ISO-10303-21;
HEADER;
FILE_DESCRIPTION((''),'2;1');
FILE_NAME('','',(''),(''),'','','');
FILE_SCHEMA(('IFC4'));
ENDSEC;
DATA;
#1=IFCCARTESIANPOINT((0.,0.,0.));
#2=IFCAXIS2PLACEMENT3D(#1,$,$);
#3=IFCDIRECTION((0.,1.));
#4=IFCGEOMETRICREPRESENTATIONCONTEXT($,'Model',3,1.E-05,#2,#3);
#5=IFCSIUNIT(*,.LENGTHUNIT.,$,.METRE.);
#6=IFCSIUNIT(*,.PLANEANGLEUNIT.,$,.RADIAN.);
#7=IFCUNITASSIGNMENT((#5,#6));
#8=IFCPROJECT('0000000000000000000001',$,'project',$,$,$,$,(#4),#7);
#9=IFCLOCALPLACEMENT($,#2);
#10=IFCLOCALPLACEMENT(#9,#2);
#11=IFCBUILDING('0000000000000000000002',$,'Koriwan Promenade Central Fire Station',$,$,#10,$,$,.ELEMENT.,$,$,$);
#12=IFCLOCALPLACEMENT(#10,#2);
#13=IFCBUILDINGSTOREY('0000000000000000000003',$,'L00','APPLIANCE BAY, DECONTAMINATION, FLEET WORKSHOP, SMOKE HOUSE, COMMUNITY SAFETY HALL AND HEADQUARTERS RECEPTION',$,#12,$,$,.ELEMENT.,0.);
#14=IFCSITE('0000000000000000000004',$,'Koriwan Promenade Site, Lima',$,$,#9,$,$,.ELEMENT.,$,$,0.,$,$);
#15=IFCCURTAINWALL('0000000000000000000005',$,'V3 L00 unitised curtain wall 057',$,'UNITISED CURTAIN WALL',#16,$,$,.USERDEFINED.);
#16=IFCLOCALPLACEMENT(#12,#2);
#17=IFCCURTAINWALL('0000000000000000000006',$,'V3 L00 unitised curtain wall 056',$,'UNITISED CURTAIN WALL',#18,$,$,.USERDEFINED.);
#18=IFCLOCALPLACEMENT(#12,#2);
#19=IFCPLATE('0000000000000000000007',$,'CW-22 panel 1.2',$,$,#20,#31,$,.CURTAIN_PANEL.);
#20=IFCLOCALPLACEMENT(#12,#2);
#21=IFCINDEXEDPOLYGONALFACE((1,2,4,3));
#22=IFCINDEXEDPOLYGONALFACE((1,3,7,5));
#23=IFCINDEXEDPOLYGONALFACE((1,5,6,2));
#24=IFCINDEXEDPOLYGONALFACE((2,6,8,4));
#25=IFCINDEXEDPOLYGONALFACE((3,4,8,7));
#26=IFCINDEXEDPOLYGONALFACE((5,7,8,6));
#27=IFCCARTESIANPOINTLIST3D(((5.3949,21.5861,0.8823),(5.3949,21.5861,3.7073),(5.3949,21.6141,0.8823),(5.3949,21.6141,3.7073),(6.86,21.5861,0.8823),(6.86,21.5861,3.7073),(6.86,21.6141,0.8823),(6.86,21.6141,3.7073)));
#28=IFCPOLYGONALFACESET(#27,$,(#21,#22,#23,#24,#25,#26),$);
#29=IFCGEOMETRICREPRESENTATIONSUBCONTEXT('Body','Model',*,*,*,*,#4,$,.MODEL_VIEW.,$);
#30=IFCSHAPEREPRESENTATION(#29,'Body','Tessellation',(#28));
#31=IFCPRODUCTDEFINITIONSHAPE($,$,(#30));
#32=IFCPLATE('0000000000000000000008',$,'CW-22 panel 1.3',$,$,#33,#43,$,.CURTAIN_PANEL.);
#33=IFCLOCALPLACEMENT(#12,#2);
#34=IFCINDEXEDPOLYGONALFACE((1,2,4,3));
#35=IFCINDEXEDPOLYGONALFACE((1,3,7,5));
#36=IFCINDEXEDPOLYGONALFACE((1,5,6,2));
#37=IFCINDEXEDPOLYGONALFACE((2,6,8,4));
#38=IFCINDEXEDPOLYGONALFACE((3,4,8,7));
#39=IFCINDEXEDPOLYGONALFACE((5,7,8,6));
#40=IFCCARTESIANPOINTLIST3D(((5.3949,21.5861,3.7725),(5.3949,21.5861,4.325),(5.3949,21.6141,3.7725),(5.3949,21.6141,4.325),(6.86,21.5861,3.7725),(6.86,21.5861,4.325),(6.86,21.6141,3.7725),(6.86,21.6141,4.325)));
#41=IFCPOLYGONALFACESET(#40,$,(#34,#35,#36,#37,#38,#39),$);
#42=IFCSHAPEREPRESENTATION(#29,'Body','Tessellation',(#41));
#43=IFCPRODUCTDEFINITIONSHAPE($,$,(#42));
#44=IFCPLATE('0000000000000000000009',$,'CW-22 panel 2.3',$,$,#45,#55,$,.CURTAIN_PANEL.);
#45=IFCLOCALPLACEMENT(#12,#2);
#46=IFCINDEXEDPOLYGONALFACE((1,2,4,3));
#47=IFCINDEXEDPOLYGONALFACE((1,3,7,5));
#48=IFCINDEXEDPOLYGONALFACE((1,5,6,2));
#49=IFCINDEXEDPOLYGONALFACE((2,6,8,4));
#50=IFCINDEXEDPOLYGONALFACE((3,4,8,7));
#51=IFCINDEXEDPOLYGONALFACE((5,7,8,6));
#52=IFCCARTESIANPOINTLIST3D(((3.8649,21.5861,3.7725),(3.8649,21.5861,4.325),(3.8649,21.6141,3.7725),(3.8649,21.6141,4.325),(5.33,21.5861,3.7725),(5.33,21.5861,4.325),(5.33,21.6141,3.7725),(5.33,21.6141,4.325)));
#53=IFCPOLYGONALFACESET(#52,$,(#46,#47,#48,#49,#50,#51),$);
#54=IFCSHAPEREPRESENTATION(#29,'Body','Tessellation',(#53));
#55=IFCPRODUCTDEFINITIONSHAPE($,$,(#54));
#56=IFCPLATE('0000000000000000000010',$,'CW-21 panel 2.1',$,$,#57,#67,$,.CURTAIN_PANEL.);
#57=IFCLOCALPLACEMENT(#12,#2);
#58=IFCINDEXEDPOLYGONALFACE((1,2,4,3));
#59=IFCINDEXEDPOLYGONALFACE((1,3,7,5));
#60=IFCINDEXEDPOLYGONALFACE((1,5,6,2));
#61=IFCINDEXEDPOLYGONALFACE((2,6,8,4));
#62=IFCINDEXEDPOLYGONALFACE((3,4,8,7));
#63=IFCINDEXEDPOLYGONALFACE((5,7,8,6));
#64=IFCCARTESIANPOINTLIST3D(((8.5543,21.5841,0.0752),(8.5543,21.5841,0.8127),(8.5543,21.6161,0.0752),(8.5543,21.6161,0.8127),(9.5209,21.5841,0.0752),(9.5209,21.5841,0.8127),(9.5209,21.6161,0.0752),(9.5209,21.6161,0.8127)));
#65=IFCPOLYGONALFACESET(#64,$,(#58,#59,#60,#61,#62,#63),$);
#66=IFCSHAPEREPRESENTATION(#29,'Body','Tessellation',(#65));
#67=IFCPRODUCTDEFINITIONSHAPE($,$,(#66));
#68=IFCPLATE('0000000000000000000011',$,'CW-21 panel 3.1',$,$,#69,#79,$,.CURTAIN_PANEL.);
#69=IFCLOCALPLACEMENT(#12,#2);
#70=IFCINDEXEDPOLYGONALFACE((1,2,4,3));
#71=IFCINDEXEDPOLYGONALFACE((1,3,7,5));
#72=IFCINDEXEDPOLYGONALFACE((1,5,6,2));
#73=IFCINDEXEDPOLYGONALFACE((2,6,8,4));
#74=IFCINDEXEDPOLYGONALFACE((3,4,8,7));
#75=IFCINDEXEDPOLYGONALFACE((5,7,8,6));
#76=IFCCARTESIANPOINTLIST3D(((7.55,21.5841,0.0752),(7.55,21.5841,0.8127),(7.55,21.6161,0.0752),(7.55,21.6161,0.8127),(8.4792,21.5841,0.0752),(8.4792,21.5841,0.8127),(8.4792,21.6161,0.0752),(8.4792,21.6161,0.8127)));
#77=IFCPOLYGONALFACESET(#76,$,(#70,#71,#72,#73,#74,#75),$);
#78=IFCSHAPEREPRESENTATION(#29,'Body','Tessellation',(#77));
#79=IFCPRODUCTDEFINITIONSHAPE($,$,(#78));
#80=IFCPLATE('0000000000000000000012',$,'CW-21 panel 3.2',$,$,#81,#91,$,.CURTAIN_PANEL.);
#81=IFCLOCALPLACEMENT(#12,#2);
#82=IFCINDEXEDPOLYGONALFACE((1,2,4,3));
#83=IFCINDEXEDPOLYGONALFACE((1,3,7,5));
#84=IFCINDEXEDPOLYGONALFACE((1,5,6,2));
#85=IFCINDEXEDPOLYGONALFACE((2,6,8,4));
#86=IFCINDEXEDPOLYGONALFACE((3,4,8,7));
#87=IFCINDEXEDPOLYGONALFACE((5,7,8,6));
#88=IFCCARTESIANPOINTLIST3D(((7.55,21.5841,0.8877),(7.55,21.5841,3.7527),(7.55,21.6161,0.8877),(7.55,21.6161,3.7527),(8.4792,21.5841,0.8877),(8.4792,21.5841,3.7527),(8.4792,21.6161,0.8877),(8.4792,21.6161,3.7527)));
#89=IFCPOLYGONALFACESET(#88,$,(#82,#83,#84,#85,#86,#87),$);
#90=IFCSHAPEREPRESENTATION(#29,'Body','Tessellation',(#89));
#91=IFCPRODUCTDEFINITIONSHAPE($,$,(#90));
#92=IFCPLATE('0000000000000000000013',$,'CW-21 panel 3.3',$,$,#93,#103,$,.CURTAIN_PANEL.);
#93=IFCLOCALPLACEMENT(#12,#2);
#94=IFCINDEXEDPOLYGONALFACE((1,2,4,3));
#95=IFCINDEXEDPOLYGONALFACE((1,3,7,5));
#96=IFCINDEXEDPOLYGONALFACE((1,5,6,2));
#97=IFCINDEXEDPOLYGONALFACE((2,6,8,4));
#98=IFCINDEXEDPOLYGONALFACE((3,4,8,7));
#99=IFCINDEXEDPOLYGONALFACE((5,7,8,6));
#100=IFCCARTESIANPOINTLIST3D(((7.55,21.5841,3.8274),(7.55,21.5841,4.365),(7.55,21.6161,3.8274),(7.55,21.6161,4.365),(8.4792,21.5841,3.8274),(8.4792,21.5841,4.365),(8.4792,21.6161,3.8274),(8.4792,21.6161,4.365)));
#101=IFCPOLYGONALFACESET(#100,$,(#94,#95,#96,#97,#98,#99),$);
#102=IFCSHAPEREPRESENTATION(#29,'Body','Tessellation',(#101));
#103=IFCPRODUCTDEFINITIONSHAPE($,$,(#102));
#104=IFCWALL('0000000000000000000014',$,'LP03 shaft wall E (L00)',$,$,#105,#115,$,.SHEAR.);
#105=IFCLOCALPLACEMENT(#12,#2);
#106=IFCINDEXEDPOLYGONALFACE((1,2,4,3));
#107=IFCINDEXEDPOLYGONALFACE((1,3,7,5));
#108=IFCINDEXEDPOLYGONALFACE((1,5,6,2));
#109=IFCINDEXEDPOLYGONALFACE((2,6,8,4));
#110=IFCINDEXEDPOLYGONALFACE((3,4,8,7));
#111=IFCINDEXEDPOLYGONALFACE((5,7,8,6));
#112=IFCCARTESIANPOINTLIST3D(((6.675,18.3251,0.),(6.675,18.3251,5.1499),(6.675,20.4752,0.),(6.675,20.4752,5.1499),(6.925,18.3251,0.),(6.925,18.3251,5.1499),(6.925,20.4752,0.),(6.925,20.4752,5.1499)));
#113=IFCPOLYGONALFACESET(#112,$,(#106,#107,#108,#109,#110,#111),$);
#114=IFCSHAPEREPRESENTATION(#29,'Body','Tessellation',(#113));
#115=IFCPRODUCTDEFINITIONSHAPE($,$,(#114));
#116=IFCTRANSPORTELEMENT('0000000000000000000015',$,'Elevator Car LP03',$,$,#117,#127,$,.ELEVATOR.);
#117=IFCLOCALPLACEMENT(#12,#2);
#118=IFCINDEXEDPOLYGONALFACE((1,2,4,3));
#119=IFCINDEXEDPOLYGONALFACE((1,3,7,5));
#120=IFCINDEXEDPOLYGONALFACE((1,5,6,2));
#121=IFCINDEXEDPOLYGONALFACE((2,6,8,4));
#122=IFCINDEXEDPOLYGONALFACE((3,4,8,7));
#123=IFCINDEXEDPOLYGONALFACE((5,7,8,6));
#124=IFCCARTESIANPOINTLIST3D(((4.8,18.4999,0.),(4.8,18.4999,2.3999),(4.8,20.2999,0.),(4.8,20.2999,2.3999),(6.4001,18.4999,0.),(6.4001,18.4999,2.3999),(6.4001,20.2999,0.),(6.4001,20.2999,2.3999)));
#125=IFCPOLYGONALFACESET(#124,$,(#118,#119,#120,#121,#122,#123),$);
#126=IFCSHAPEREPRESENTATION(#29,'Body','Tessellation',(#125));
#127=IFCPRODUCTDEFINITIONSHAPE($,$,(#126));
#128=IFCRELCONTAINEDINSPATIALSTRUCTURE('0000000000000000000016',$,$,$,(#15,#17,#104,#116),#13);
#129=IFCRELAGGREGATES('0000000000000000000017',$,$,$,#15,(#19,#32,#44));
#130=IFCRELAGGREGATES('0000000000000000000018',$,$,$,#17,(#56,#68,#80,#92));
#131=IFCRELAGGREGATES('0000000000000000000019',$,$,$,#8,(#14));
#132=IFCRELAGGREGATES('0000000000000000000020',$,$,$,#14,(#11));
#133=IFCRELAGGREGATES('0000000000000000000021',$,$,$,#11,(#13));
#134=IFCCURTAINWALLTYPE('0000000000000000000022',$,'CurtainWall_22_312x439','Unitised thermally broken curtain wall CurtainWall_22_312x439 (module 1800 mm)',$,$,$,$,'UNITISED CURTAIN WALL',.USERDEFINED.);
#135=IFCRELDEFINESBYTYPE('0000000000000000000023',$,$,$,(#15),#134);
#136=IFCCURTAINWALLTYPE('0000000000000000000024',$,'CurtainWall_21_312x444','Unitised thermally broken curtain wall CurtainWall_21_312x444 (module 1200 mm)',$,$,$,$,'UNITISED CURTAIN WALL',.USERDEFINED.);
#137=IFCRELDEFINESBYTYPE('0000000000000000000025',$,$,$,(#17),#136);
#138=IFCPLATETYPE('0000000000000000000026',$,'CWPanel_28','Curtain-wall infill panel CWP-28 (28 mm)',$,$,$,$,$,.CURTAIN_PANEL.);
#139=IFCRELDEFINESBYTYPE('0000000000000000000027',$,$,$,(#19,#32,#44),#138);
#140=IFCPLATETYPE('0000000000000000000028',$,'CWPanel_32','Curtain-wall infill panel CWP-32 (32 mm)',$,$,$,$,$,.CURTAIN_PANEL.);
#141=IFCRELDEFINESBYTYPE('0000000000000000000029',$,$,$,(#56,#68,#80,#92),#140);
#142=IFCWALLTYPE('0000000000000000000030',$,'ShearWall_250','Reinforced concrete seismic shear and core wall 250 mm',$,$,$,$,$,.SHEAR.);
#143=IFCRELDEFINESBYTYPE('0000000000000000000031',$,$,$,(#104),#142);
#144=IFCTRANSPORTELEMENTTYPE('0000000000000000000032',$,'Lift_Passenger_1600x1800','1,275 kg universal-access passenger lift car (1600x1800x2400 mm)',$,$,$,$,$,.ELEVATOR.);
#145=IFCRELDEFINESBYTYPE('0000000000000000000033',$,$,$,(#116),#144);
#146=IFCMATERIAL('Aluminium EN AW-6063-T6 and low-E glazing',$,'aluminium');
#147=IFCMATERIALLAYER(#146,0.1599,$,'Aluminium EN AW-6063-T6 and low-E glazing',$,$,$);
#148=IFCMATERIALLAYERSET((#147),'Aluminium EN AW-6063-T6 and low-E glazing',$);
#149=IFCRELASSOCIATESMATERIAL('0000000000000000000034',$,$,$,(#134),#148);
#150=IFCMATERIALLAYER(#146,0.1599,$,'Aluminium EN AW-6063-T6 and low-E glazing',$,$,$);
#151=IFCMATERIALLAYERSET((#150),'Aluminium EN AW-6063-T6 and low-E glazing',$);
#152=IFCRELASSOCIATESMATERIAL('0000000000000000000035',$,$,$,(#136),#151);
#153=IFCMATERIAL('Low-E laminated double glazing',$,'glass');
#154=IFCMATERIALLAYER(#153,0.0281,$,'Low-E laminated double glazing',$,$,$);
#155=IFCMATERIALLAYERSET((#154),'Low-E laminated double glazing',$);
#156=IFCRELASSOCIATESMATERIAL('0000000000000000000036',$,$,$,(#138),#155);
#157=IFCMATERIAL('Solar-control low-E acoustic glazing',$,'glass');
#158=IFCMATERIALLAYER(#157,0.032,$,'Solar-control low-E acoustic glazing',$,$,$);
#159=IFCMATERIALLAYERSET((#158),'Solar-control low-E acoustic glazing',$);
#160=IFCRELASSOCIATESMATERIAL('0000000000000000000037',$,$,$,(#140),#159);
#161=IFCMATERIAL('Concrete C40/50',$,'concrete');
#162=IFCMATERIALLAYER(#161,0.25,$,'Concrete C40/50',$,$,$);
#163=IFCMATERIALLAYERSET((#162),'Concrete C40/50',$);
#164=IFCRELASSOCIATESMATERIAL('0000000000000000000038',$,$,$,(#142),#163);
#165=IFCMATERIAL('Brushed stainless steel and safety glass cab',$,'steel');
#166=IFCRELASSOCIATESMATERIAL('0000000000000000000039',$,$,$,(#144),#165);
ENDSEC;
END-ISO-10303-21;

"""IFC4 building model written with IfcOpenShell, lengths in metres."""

from ifc_helpers import new_model, si_unit, direction, frame, frame_2d, origin, origin_2d, place, context, subcontext, project, spatial, rectangle, extrude, material, layer, layer_set, type_object, element, aggregate, save


model = new_model("IFC4")

# Units and contexts
model_context = context("Model", 3, precision=1e-05, world=origin(), true_north=direction((0.0, 1.0)))
body_context = subcontext(model_context, "Body", "Model", "MODEL_VIEW")
ifc_project = project(units=[si_unit("LENGTHUNIT", "METRE"), si_unit("PLANEANGLEUNIT", "RADIAN")], contexts=[model_context])

# Site, building, storey
site_placement = place(None, origin())
site = spatial("IfcSite", under=ifc_project, at=site_placement, Name="Koriwan Promenade Site, Lima", CompositionType="ELEMENT", RefElevation=0.0)
building_placement = place(site_placement, origin())
building = spatial("IfcBuilding", under=site, at=building_placement, Name="Koriwan Promenade Central Fire Station", CompositionType="ELEMENT")
storey_placement = place(building_placement, origin())
storey = spatial("IfcBuildingStorey", under=building, at=storey_placement, Name="L00", Description="APPLIANCE BAY, DECONTAMINATION, FLEET WORKSHOP, SMOKE HOUSE, COMMUNITY SAFETY HALL AND HEADQUARTERS RECEPTION", CompositionType="ELEMENT", Elevation=0.0)

# Shared definitions
ifc_material_1 = material(Name="Concrete C40/50", Category="concrete")

# Curtain walls
ifc_material_2 = material(Name="Aluminium EN AW-6063-T6 and low-E glazing", Category="aluminium")
ifc_layer_1 = layer(ifc_material_2, 0.1599, Name="Aluminium EN AW-6063-T6 and low-E glazing")
ifc_layer_set_1 = layer_set([ifc_layer_1], Name="Aluminium EN AW-6063-T6 and low-E glazing")
curtain_wall_type_1 = type_object("IfcCurtainWallType", Name="CurtainWall_22_312x439", Description="Unitised thermally broken curtain wall CurtainWall_22_312x439 (module 1800 mm)", ElementType="UNITISED CURTAIN WALL", PredefinedType="USERDEFINED", material=ifc_layer_set_1)
curtain_wall_1_placement = place(storey_placement, origin())
curtain_wall_1 = element("IfcCurtainWall", 1, at=curtain_wall_1_placement, inside=storey, type_object=curtain_wall_type_1, Name="V3 L00 unitised curtain wall 057", ObjectType="UNITISED CURTAIN WALL", PredefinedType="USERDEFINED")
ifc_layer_2 = layer(ifc_material_2, 0.1599, Name="Aluminium EN AW-6063-T6 and low-E glazing")
ifc_layer_set_2 = layer_set([ifc_layer_2], Name="Aluminium EN AW-6063-T6 and low-E glazing")
curtain_wall_type_2 = type_object("IfcCurtainWallType", Name="CurtainWall_21_312x444", Description="Unitised thermally broken curtain wall CurtainWall_21_312x444 (module 1200 mm)", ElementType="UNITISED CURTAIN WALL", PredefinedType="USERDEFINED", material=ifc_layer_set_2)
curtain_wall_2_placement = place(storey_placement, origin())
curtain_wall_2 = element("IfcCurtainWall", 2, at=curtain_wall_2_placement, inside=storey, type_object=curtain_wall_type_2, Name="V3 L00 unitised curtain wall 056", ObjectType="UNITISED CURTAIN WALL", PredefinedType="USERDEFINED")

# Plates
ifc_material_3 = material(Name="Low-E laminated double glazing", Category="glass")
ifc_layer_3 = layer(ifc_material_3, 0.0281, Name="Low-E laminated double glazing")
ifc_layer_set_3 = layer_set([ifc_layer_3], Name="Low-E laminated double glazing")
plate_type_1 = type_object("IfcPlateType", Name="CWPanel_28", Description="Curtain-wall infill panel CWP-28 (28 mm)", PredefinedType="CURTAIN_PANEL", material=ifc_layer_set_3)
plate_1_placement = place(storey_placement, frame((6.1274, 21.6001, 0.8823), z_axis=(0.0, 0.0, 1.0), x_axis=(-1.0, 0.0, 0.0)))
plate_1 = element("IfcPlate", 3, at=plate_1_placement, type_object=plate_type_1, Name="CW-22 panel 1.2", PredefinedType="CURTAIN_PANEL", context=body_context, shape_type="SweptSolid", body=[
    extrude(rectangle(XDim=1.4651, YDim=0.0281, at=origin_2d()), origin(), (0.0, 0.0, 1.0), 2.825),
])
plate_2_placement = place(storey_placement, frame((6.1274, 21.6001, 3.7725), z_axis=(0.0, 0.0, 1.0), x_axis=(-1.0, 0.0, 0.0)))
plate_2 = element("IfcPlate", 4, at=plate_2_placement, type_object=plate_type_1, Name="CW-22 panel 1.3", PredefinedType="CURTAIN_PANEL", context=body_context, shape_type="SweptSolid", body=[
    extrude(rectangle(XDim=1.4651, YDim=0.0281, at=origin_2d()), origin(), (0.0, 0.0, 1.0), 0.5525),
])
plate_3_placement = place(storey_placement, frame((4.5974, 21.6001, 3.7725), z_axis=(0.0, 0.0, 1.0), x_axis=(-1.0, 0.0, 0.0)))
plate_3 = element("IfcPlate", 5, at=plate_3_placement, type_object=plate_type_1, Name="CW-22 panel 2.3", PredefinedType="CURTAIN_PANEL", context=body_context, shape_type="SweptSolid", body=[
    extrude(rectangle(XDim=1.4651, YDim=0.0281, at=origin_2d()), origin(), (0.0, 0.0, 1.0), 0.5525),
])
aggregate(curtain_wall_1, [plate_1, plate_2, plate_3])
ifc_material_4 = material(Name="Solar-control low-E acoustic glazing", Category="glass")
ifc_layer_4 = layer(ifc_material_4, 0.032, Name="Solar-control low-E acoustic glazing")
ifc_layer_set_4 = layer_set([ifc_layer_4], Name="Solar-control low-E acoustic glazing")
plate_type_2 = type_object("IfcPlateType", Name="CWPanel_32", Description="Curtain-wall infill panel CWP-32 (32 mm)", PredefinedType="CURTAIN_PANEL", material=ifc_layer_set_4)
plate_4_placement = place(storey_placement, frame((9.0376, 21.6001, 0.0752), z_axis=(0.0, 0.0, 1.0), x_axis=(-1.0, 0.0, 0.0)))
plate_4 = element("IfcPlate", 6, at=plate_4_placement, type_object=plate_type_2, Name="CW-21 panel 2.1", PredefinedType="CURTAIN_PANEL", context=body_context, shape_type="SweptSolid", body=[
    extrude(rectangle(XDim=0.9666, YDim=0.032, at=origin_2d()), origin(), (0.0, 0.0, 1.0), 0.7375),
])
plate_5_placement = place(storey_placement, frame((8.0146, 21.6001, 0.0752), z_axis=(0.0, 0.0, 1.0), x_axis=(-1.0, 0.0, 0.0)))
plate_5 = element("IfcPlate", 7, at=plate_5_placement, type_object=plate_type_2, Name="CW-21 panel 3.1", PredefinedType="CURTAIN_PANEL", context=body_context, shape_type="SweptSolid", body=[
    extrude(rectangle(XDim=0.9292, YDim=0.032, at=origin_2d()), origin(), (0.0, 0.0, 1.0), 0.7375),
])
plate_6_placement = place(storey_placement, frame((8.0146, 21.6001, 0.8877), z_axis=(0.0, 0.0, 1.0), x_axis=(-1.0, 0.0, 0.0)))
plate_6 = element("IfcPlate", 8, at=plate_6_placement, type_object=plate_type_2, Name="CW-21 panel 3.2", PredefinedType="CURTAIN_PANEL", context=body_context, shape_type="SweptSolid", body=[
    extrude(rectangle(XDim=0.9292, YDim=0.032, at=origin_2d()), origin(), (0.0, 0.0, 1.0), 2.865),
])
plate_7_placement = place(storey_placement, frame((8.0146, 21.6001, 3.8274), z_axis=(0.0, 0.0, 1.0), x_axis=(-1.0, 0.0, 0.0)))
plate_7 = element("IfcPlate", 9, at=plate_7_placement, type_object=plate_type_2, Name="CW-21 panel 3.3", PredefinedType="CURTAIN_PANEL", context=body_context, shape_type="SweptSolid", body=[
    extrude(rectangle(XDim=0.9292, YDim=0.032, at=origin_2d()), origin(), (0.0, 0.0, 1.0), 0.5376),
])
aggregate(curtain_wall_2, [plate_4, plate_5, plate_6, plate_7])

# Wall
ifc_layer_5 = layer(ifc_material_1, 0.25, Name="Concrete C40/50")
ifc_layer_set_5 = layer_set([ifc_layer_5], Name="Concrete C40/50")
wall_type = type_object("IfcWallType", Name="ShearWall_250", Description="Reinforced concrete seismic shear and core wall 250 mm", PredefinedType="SHEAR", material=ifc_layer_set_5)
wall_placement = place(storey_placement, frame((6.8, 18.325, 0.0), z_axis=(0.0, 0.0, 1.0), x_axis=(0.0, 1.0, 0.0)))
element("IfcWall", 10, at=wall_placement, inside=storey, type_object=wall_type, Name="LP03 shaft wall E (L00)", PredefinedType="SHEAR", context=body_context, shape_type="SweptSolid", body=[
    extrude(rectangle(XDim=2.1501, YDim=0.25, at=frame_2d((1.0752, 0.0))), origin(), (0.0, 0.0, 1.0), 5.1499),
])

# Transport element
ifc_material_5 = material(Name="Brushed stainless steel and safety glass cab", Category="steel")
transport_element_type = type_object("IfcTransportElementType", Name="Lift_Passenger_1600x1800", Description="1,275 kg universal-access passenger lift car (1600x1800x2400 mm)", PredefinedType="ELEVATOR", material=ifc_material_5)
transport_element_placement = place(storey_placement, frame((5.6001, 19.3999, 0.0), z_axis=(0.0, 0.0, 1.0), x_axis=(1.0, 0.0, 0.0)))
element("IfcTransportElement", 11, at=transport_element_placement, inside=storey, type_object=transport_element_type, Name="Elevator Car LP03", PredefinedType="ELEVATOR", context=body_context, shape_type="SweptSolid", body=[
    extrude(rectangle(XDim=1.6001, YDim=1.8, at=origin_2d()), origin(), (0.0, 0.0, 1.0), 2.3999),
])

save(model, "model.ifc")
